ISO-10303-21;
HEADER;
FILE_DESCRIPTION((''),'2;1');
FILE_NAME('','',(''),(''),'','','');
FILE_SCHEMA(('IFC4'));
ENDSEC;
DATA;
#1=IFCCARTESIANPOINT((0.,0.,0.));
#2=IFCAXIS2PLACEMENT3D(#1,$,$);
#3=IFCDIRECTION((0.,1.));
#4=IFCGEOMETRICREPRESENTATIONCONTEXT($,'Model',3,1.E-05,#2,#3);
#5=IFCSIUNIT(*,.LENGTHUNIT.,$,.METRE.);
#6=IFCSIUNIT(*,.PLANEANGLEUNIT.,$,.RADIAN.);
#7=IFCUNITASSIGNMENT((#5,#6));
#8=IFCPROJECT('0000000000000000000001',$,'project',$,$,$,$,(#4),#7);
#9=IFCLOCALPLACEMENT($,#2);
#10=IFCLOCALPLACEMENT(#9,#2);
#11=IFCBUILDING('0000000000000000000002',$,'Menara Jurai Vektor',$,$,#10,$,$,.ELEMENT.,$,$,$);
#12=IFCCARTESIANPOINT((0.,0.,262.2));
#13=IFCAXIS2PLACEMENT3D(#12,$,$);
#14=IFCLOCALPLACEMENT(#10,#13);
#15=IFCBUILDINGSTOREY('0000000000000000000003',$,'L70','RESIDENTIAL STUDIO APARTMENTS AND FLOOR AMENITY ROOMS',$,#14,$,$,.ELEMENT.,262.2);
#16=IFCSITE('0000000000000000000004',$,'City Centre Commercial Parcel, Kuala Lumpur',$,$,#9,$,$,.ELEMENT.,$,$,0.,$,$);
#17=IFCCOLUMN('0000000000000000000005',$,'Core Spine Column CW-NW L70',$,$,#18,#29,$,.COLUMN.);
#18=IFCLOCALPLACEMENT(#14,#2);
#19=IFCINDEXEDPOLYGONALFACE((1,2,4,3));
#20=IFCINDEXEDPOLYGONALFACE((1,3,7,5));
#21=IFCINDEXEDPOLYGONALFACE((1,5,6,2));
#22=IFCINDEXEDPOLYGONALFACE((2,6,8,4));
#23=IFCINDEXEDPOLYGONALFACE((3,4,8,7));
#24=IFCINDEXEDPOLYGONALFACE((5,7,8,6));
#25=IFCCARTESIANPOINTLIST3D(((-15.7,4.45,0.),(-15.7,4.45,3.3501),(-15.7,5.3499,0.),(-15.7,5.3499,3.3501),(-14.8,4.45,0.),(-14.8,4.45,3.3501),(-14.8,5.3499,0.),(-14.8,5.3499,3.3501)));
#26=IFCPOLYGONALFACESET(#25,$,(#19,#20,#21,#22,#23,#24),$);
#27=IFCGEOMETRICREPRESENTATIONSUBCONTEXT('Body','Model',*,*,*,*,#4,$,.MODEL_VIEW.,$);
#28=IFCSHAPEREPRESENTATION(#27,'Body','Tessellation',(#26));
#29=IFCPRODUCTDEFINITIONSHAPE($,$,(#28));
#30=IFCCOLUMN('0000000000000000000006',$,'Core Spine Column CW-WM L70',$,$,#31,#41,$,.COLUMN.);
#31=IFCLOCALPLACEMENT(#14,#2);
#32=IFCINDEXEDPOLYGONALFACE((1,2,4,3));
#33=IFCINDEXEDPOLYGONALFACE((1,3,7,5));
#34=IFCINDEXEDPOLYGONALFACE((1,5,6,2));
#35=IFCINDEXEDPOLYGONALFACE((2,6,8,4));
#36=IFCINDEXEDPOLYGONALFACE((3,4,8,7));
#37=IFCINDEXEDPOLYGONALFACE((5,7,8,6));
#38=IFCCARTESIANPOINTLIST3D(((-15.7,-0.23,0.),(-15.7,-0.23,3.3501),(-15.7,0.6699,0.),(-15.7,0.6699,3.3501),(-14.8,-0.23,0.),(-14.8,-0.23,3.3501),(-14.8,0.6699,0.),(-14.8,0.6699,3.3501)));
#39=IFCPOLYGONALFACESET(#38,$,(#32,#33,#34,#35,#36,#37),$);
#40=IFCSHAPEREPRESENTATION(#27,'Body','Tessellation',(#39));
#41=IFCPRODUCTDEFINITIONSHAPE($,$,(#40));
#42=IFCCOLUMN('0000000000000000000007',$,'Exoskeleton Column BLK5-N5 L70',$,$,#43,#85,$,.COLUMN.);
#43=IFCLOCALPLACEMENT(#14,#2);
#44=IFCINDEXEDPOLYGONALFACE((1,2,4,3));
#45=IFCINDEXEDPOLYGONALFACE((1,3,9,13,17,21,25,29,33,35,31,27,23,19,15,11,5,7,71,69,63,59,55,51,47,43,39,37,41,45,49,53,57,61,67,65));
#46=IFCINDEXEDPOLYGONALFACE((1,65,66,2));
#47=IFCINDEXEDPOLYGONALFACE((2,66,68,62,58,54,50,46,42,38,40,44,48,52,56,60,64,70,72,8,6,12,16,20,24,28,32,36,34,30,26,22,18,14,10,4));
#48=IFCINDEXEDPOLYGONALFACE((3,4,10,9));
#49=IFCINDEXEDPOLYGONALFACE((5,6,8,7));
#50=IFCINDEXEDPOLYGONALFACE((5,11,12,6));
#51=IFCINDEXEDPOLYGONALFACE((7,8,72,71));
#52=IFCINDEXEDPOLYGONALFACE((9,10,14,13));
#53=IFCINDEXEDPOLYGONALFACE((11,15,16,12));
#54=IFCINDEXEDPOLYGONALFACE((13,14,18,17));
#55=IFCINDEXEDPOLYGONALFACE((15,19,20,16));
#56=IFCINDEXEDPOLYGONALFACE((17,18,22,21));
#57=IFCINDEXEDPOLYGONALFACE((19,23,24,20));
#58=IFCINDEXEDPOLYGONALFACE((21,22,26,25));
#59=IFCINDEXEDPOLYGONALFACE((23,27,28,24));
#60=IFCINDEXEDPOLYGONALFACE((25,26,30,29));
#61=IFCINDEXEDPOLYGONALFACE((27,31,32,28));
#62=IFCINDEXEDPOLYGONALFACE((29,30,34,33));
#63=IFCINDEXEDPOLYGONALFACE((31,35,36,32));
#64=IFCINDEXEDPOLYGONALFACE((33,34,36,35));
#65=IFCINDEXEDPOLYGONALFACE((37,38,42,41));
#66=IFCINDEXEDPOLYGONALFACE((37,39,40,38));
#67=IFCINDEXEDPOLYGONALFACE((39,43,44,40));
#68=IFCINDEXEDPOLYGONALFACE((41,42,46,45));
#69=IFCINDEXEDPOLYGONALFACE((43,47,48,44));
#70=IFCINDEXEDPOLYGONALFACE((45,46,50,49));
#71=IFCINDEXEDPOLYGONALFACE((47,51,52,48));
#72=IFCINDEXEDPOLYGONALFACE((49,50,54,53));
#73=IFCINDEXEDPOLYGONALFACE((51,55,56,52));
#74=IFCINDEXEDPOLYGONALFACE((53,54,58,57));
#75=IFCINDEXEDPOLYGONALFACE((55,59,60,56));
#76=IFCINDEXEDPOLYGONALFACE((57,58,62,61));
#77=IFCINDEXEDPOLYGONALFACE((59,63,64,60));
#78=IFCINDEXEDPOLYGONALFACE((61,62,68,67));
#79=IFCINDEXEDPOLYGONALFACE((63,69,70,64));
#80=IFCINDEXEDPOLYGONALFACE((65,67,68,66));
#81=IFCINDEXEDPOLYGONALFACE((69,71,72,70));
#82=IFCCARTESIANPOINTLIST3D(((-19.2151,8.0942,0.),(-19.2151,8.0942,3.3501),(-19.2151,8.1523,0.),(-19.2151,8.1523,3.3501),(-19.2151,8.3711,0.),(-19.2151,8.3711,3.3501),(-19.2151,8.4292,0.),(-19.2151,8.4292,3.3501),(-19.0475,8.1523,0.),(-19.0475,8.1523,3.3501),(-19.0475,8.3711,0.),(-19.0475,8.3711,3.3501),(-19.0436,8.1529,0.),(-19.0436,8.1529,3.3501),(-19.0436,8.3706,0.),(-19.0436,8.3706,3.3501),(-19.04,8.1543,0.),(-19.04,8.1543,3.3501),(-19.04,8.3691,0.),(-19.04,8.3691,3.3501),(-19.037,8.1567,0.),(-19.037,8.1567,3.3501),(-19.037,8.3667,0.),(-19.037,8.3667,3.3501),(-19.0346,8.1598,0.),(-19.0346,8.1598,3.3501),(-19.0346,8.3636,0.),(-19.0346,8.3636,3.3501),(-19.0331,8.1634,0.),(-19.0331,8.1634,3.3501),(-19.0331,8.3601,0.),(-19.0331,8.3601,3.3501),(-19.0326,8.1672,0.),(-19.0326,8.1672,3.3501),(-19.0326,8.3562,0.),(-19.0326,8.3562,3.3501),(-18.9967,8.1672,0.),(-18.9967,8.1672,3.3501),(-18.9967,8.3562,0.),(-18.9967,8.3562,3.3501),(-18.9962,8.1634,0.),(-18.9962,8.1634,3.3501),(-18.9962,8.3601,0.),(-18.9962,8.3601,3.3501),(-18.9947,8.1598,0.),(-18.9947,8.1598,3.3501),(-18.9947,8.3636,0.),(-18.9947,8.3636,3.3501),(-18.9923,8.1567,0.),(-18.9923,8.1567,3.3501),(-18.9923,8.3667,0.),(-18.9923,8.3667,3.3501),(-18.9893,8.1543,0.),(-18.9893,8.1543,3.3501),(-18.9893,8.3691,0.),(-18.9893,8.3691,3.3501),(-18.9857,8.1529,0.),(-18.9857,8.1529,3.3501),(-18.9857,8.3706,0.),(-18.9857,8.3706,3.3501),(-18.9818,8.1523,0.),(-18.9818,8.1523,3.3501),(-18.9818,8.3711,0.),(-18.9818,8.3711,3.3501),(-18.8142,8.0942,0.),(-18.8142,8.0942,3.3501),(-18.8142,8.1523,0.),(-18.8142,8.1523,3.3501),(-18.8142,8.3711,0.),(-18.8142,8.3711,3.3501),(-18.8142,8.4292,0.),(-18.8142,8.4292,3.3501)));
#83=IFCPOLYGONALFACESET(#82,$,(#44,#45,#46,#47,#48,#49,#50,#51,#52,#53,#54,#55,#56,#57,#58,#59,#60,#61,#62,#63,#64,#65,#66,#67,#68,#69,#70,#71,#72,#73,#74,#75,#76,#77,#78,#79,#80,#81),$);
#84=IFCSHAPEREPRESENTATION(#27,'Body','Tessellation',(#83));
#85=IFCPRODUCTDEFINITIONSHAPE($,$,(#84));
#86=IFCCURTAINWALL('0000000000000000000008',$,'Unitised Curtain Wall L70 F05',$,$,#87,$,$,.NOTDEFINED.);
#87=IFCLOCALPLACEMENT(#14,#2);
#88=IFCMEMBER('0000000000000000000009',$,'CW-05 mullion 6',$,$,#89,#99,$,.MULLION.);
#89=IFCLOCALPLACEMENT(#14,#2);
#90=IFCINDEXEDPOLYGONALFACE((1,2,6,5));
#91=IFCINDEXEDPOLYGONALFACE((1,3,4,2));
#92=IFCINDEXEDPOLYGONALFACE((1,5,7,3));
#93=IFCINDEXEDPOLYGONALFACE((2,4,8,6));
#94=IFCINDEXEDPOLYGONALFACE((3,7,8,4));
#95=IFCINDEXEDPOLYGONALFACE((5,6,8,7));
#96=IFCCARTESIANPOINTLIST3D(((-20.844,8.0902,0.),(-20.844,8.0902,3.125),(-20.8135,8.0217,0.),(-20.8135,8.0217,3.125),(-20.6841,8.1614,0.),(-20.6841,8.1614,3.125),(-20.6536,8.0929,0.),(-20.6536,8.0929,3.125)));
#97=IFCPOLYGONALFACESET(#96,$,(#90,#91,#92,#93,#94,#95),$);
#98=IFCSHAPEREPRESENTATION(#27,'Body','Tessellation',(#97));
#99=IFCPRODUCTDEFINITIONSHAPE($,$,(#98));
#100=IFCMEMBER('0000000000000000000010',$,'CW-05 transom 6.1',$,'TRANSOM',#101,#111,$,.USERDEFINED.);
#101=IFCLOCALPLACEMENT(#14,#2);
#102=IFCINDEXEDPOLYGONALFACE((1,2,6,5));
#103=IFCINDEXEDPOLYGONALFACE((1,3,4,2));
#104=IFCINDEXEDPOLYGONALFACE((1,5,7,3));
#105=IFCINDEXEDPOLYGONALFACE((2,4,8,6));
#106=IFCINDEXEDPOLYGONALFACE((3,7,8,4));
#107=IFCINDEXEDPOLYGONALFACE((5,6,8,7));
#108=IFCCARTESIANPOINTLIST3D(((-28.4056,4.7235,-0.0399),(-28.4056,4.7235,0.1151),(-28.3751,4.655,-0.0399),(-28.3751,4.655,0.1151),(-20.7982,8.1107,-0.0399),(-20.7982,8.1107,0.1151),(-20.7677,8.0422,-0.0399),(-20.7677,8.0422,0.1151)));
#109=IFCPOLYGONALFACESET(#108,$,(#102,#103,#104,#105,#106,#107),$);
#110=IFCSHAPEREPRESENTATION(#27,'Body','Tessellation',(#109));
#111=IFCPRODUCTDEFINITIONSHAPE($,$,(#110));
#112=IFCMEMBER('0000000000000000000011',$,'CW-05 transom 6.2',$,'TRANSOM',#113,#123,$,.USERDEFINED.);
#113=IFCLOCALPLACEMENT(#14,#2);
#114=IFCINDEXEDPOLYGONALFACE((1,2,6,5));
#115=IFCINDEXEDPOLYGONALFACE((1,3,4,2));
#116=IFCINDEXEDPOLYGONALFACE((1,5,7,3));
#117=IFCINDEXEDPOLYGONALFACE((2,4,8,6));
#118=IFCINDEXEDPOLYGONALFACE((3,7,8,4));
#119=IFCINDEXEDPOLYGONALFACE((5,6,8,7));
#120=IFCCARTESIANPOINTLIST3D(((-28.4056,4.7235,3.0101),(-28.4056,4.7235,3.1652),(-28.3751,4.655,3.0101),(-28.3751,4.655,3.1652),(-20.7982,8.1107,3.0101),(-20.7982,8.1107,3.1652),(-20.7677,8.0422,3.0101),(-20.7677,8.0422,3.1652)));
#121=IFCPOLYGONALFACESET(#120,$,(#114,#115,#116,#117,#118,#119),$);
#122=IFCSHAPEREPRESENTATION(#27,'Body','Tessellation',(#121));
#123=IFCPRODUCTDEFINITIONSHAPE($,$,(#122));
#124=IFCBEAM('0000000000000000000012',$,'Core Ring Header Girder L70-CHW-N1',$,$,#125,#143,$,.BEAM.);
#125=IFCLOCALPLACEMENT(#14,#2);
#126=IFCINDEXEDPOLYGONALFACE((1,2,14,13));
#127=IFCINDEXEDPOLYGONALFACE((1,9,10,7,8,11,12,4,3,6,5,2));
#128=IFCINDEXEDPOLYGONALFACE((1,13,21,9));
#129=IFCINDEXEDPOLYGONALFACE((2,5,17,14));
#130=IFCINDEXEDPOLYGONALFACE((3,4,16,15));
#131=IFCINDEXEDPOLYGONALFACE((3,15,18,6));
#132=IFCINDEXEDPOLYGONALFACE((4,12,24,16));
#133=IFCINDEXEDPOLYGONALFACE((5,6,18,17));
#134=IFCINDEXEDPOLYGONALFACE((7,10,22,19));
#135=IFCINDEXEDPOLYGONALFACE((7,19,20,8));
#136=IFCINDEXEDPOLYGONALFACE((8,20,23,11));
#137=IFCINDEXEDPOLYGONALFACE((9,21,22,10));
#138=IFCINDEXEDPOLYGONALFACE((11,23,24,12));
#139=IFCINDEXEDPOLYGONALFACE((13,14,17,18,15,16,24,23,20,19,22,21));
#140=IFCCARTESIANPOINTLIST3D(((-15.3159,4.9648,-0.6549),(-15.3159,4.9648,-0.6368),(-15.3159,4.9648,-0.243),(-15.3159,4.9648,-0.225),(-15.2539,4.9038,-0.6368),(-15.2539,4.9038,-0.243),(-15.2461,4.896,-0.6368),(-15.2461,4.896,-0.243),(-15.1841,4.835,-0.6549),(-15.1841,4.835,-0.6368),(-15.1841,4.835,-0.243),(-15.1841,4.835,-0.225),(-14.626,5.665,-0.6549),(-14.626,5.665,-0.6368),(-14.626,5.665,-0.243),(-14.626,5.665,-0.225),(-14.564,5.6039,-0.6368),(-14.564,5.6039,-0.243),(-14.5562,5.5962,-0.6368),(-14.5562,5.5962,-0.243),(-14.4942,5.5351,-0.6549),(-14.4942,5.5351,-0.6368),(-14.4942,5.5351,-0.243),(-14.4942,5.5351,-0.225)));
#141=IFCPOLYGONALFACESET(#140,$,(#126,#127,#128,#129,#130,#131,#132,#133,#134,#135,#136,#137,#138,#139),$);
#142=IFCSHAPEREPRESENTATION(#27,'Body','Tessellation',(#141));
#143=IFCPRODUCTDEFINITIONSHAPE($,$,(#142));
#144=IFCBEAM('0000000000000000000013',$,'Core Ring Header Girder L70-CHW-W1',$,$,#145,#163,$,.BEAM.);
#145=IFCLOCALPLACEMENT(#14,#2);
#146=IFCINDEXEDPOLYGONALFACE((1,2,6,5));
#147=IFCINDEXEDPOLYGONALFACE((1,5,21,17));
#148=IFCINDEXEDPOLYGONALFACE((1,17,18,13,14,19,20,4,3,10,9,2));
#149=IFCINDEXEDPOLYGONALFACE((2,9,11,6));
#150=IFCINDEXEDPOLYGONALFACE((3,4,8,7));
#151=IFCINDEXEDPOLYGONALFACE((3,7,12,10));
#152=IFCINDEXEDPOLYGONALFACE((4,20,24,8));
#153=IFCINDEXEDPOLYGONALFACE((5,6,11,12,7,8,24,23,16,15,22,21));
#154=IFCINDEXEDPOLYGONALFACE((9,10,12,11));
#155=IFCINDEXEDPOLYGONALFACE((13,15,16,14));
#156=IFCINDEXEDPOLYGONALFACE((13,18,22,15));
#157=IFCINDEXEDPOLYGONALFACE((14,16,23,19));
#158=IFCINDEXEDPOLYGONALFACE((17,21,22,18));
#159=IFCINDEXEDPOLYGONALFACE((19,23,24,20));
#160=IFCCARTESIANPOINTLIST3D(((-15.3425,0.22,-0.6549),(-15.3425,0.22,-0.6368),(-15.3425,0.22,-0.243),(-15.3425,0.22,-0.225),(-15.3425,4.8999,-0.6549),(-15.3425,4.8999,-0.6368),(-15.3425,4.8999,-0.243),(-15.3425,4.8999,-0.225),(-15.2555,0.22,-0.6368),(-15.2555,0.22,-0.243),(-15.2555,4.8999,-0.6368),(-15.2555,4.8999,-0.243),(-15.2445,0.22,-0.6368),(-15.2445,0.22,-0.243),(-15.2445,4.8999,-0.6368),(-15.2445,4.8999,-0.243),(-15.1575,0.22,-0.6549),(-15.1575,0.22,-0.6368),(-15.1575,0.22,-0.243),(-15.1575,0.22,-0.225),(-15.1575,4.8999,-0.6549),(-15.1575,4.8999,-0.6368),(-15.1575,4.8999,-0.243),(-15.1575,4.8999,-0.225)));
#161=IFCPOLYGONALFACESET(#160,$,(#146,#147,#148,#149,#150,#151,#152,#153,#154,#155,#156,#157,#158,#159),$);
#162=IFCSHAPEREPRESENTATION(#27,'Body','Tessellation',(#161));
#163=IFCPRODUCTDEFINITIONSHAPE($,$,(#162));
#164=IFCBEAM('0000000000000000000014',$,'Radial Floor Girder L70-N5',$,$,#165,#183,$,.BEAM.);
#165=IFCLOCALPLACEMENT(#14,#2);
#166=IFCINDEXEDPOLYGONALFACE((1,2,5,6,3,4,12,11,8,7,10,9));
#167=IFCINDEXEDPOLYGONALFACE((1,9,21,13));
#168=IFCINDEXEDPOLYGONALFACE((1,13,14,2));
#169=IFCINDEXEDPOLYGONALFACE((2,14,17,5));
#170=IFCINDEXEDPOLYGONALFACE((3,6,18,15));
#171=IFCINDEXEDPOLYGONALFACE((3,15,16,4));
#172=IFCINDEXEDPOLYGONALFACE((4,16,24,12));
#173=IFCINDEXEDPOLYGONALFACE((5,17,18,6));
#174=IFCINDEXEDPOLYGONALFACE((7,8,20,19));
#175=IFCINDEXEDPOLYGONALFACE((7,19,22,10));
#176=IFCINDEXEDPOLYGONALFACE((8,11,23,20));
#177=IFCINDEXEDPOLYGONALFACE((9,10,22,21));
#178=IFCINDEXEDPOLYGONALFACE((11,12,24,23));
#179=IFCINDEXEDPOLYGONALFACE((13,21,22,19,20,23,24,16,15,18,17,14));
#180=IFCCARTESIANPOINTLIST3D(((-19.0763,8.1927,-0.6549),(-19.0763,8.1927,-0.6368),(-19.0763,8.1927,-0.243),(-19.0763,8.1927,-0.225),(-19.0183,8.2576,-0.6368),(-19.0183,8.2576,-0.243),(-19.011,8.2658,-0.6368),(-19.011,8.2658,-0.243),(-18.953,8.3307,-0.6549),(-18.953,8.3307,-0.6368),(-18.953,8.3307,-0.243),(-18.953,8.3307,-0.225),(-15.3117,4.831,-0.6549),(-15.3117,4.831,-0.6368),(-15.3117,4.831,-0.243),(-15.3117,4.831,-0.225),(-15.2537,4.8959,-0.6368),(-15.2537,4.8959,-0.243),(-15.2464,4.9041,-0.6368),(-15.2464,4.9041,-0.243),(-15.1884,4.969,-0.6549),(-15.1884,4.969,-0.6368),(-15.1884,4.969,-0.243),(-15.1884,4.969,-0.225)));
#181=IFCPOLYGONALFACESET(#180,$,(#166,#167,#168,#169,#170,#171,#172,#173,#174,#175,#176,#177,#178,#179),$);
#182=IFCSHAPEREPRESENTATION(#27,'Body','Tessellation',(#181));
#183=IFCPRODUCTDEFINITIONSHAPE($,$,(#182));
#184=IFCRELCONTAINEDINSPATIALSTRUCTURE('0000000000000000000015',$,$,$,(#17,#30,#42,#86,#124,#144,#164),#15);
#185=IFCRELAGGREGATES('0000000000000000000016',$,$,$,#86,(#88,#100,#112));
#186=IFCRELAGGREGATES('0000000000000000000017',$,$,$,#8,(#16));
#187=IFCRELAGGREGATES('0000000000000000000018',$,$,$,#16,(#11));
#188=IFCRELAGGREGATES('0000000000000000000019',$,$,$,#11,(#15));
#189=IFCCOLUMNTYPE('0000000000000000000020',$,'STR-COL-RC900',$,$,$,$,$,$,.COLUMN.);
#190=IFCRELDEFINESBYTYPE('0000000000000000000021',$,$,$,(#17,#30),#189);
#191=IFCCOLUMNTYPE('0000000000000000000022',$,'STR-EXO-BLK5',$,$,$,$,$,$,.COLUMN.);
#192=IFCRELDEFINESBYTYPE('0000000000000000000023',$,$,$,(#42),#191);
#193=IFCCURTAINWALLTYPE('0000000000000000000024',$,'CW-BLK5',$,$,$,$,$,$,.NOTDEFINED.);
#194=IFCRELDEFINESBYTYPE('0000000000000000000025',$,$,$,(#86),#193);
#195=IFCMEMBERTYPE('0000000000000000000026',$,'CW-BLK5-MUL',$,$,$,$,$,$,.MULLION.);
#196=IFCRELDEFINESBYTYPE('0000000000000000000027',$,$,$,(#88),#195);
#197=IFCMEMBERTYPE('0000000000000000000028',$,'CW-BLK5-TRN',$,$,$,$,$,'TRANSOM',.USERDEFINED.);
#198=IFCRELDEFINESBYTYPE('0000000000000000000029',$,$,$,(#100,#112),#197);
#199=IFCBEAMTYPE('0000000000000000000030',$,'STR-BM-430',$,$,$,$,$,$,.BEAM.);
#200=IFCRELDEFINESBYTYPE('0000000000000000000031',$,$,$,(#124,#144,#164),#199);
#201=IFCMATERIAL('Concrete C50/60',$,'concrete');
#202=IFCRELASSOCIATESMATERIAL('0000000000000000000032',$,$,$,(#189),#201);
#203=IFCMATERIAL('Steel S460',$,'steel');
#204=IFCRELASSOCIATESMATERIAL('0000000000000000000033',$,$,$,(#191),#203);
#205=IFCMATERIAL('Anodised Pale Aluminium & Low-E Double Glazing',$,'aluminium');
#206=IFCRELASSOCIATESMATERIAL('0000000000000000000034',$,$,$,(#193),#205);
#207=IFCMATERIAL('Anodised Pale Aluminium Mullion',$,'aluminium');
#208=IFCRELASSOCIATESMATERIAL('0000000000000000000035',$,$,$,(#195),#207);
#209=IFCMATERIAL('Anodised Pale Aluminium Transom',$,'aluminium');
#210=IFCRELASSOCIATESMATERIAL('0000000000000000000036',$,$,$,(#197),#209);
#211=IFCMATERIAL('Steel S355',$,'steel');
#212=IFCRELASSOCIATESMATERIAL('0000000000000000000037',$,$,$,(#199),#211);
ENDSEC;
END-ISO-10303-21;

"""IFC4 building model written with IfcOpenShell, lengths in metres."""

from ifc_helpers import new_model, si_unit, direction, frame, origin, origin_2d, place, context, subcontext, project, spatial, rectangle, i_section, extrude, material, material_profile, profile_set, type_object, element, aggregate, save


model = new_model("IFC4")

# Units and contexts
model_context = context("Model", 3, precision=1e-05, world=origin(), true_north=direction((0.0, 1.0)))
body_context = subcontext(model_context, "Body", "Model", "MODEL_VIEW")
ifc_project = project(units=[si_unit("LENGTHUNIT", "METRE"), si_unit("PLANEANGLEUNIT", "RADIAN")], contexts=[model_context])

# Site, building, storey
site_placement = place(None, origin())
site = spatial("IfcSite", under=ifc_project, at=site_placement, Name="City Centre Commercial Parcel, Kuala Lumpur", CompositionType="ELEMENT", RefElevation=0.0)
building_placement = place(site_placement, origin())
building = spatial("IfcBuilding", under=site, at=building_placement, Name="Menara Jurai Vektor", CompositionType="ELEMENT")
storey_placement = place(building_placement, frame((0.0, 0.0, 262.2)))
storey = spatial("IfcBuildingStorey", under=building, at=storey_placement, Name="L70", Description="RESIDENTIAL STUDIO APARTMENTS AND FLOOR AMENITY ROOMS", CompositionType="ELEMENT", Elevation=262.2)

# Columns
ifc_material_1 = material(Name="Concrete C50/60", Category="concrete")
ifc_material_profile_1 = material_profile(ifc_material_1, rectangle(XDim=0.8999, YDim=0.8999, at=origin_2d()), Name="RC 900x900")
ifc_profile_set_1 = profile_set([ifc_material_profile_1], Name="Concrete C50/60")
column_type_1 = type_object("IfcColumnType", Name="STR-COL-RC900", PredefinedType="COLUMN", material=ifc_profile_set_1)
for number, where, z_axis, x_axis, name in (
    (1, (-15.25, 4.8999, 0.0), (0.0, 0.0, 1.0), (1.0, 0.0, 0.0), "Core Spine Column CW-NW L70"),
    (2, (-15.25, 0.22, 0.0), (0.0, 0.0, 1.0), (1.0, 0.0, 0.0), "Core Spine Column CW-WM L70"),
):
    element("IfcColumn", number, at=place(storey_placement, frame(where, z_axis=z_axis, x_axis=x_axis)), inside=storey, type_object=column_type_1, Name=name, PredefinedType="COLUMN", context=body_context, shape_type="SweptSolid", body=[
        extrude(rectangle(XDim=0.8999, YDim=0.8999, at=origin_2d()), origin(), (0.0, 0.0, 1.0), 3.3501),
    ])
ifc_material_2 = material(Name="Steel S460", Category="steel")
ifc_material_profile_2 = material_profile(ifc_material_2, i_section(OverallWidth=0.4009, OverallDepth=0.335, WebThickness=0.0359, FlangeThickness=0.0581, FilletRadius=0.0149, at=origin_2d()), Name="HD 400x463")
ifc_profile_set_2 = profile_set([ifc_material_profile_2], Name="Steel S460")
column_type_2 = type_object("IfcColumnType", Name="STR-EXO-BLK5", PredefinedType="COLUMN", material=ifc_profile_set_2)
column_placement = place(storey_placement, frame((-19.0146, 8.2617, 0.0), z_axis=(0.0, 0.0, 1.0), x_axis=(1.0, 0.0, 0.0)))
element("IfcColumn", 3, at=column_placement, inside=storey, type_object=column_type_2, Name="Exoskeleton Column BLK5-N5 L70", PredefinedType="COLUMN", context=body_context, shape_type="SweptSolid", body=[
    extrude(i_section(OverallWidth=0.4009, OverallDepth=0.335, WebThickness=0.0359, FlangeThickness=0.0581, FilletRadius=0.0149, at=origin_2d()), origin(), (0.0, 0.0, 1.0), 3.3501),
])

# Curtain wall, members
ifc_material_3 = material(Name="Anodised Pale Aluminium & Low-E Double Glazing", Category="aluminium")
curtain_wall_type = type_object("IfcCurtainWallType", Name="CW-BLK5", PredefinedType="NOTDEFINED", material=ifc_material_3)
curtain_wall_placement = place(storey_placement, origin())
curtain_wall = element("IfcCurtainWall", 4, at=curtain_wall_placement, inside=storey, type_object=curtain_wall_type, Name="Unitised Curtain Wall L70 F05", PredefinedType="NOTDEFINED")
ifc_material_4 = material(Name="Anodised Pale Aluminium Mullion", Category="aluminium")
ifc_material_profile_3 = material_profile(ifc_material_4, rectangle(XDim=0.075, YDim=0.175, at=origin_2d()), Name="ALU MUL 75x175")
ifc_profile_set_3 = profile_set([ifc_material_profile_3], Name="Anodised Pale Aluminium Mullion")
member_type_1 = type_object("IfcMemberType", Name="CW-BLK5-MUL", PredefinedType="MULLION", material=ifc_profile_set_3)
member_1_placement = place(storey_placement, frame((-20.7488, 8.0916, 0.0), z_axis=(0.0, 0.0, 1.0), x_axis=(0.406735, -0.913546, 0.0)))
member_1 = element("IfcMember", 5, at=member_1_placement, type_object=member_type_1, Name="CW-05 mullion 6", PredefinedType="MULLION", context=body_context, shape_type="SweptSolid", body=[
    extrude(rectangle(XDim=0.075, YDim=0.175, at=origin_2d()), origin(), (0.0, 0.0, 1.0), 3.125),
])
ifc_material_5 = material(Name="Anodised Pale Aluminium Transom", Category="aluminium")
ifc_material_profile_4 = material_profile(ifc_material_5, rectangle(XDim=0.075, YDim=0.155, at=origin_2d()), Name="ALU TRN 75x155")
ifc_profile_set_4 = profile_set([ifc_material_profile_4], Name="Anodised Pale Aluminium Transom")
member_type_2 = type_object("IfcMemberType", Name="CW-BLK5-TRN", ElementType="TRANSOM", PredefinedType="USERDEFINED", material=ifc_profile_set_4)
member_2_placement = place(storey_placement, frame((-20.783, 8.0764, 0.0376), z_axis=(-0.913538, -0.406753, 0.0), x_axis=(0.406753, -0.913538, 0.0)))
member_2 = element("IfcMember", 6, at=member_2_placement, type_object=member_type_2, Name="CW-05 transom 6.1", ObjectType="TRANSOM", PredefinedType="USERDEFINED", context=body_context, shape_type="SweptSolid", body=[
    extrude(rectangle(XDim=0.075, YDim=0.155, at=origin_2d()), origin(), (0.0, 0.0, 1.0), 8.3274),
])
member_3_placement = place(storey_placement, frame((-20.783, 8.0764, 3.0876), z_axis=(-0.913538, -0.406753, 0.0), x_axis=(0.406753, -0.913538, 0.0)))
member_3 = element("IfcMember", 7, at=member_3_placement, type_object=member_type_2, Name="CW-05 transom 6.2", ObjectType="TRANSOM", PredefinedType="USERDEFINED", context=body_context, shape_type="SweptSolid", body=[
    extrude(rectangle(XDim=0.075, YDim=0.155, at=origin_2d()), origin(), (0.0, 0.0, 1.0), 8.3274),
])

# Beams
ifc_material_6 = material(Name="Steel S355", Category="steel")
ifc_material_profile_5 = material_profile(ifc_material_6, i_section(OverallWidth=0.1851, OverallDepth=0.4299, WebThickness=0.011, FlangeThickness=0.0181, at=origin_2d()), Name="PG 430x185x76")
ifc_profile_set_5 = profile_set([ifc_material_profile_5], Name="Steel S355")
beam_type_1 = type_object("IfcBeamType", Name="STR-BM-430", PredefinedType="BEAM", material=ifc_profile_set_5)
beam_1_placement = place(storey_placement, frame((-15.25, 4.8999, -0.4399), z_axis=(0.701872, 0.712303, 0.0), x_axis=(-0.712303, 0.701872, 0.0)))
element("IfcBeam", 8, at=beam_1_placement, inside=storey, type_object=beam_type_1, Name="Core Ring Header Girder L70-CHW-N1", PredefinedType="BEAM", context=body_context, shape_type="SweptSolid", body=[
    extrude(i_section(OverallWidth=0.1851, OverallDepth=0.4299, WebThickness=0.011, FlangeThickness=0.0181, at=origin_2d()), origin(), (0.0, 0.0, 1.0), 0.9829),
])
beam_2_placement = place(storey_placement, frame((-15.25, 0.22, -0.4399), z_axis=(0.0, 1.0, 0.0), x_axis=(-1.0, 0.0, 0.0)))
element("IfcBeam", 9, at=beam_2_placement, inside=storey, type_object=beam_type_1, Name="Core Ring Header Girder L70-CHW-W1", PredefinedType="BEAM", context=body_context, shape_type="SweptSolid", body=[
    extrude(i_section(OverallWidth=0.1851, OverallDepth=0.4299, WebThickness=0.011, FlangeThickness=0.0181, at=origin_2d()), origin(), (0.0, 0.0, 1.0), 4.6799),
])
beam_3_placement = place(storey_placement, frame((-19.0146, 8.2617, -0.4399), z_axis=(0.745886, -0.666073, 0.0), x_axis=(0.666073, 0.745886, 0.0)))
element("IfcBeam", 10, at=beam_3_placement, inside=storey, type_object=beam_type_1, Name="Radial Floor Girder L70-N5", PredefinedType="BEAM", context=body_context, shape_type="SweptSolid", body=[
    extrude(i_section(OverallWidth=0.1851, OverallDepth=0.4299, WebThickness=0.011, FlangeThickness=0.0181, at=origin_2d()), origin(), (0.0, 0.0, 1.0), 5.0471),
])

aggregate(curtain_wall, [member_1, member_2, member_3])

save(model, "model.ifc")
